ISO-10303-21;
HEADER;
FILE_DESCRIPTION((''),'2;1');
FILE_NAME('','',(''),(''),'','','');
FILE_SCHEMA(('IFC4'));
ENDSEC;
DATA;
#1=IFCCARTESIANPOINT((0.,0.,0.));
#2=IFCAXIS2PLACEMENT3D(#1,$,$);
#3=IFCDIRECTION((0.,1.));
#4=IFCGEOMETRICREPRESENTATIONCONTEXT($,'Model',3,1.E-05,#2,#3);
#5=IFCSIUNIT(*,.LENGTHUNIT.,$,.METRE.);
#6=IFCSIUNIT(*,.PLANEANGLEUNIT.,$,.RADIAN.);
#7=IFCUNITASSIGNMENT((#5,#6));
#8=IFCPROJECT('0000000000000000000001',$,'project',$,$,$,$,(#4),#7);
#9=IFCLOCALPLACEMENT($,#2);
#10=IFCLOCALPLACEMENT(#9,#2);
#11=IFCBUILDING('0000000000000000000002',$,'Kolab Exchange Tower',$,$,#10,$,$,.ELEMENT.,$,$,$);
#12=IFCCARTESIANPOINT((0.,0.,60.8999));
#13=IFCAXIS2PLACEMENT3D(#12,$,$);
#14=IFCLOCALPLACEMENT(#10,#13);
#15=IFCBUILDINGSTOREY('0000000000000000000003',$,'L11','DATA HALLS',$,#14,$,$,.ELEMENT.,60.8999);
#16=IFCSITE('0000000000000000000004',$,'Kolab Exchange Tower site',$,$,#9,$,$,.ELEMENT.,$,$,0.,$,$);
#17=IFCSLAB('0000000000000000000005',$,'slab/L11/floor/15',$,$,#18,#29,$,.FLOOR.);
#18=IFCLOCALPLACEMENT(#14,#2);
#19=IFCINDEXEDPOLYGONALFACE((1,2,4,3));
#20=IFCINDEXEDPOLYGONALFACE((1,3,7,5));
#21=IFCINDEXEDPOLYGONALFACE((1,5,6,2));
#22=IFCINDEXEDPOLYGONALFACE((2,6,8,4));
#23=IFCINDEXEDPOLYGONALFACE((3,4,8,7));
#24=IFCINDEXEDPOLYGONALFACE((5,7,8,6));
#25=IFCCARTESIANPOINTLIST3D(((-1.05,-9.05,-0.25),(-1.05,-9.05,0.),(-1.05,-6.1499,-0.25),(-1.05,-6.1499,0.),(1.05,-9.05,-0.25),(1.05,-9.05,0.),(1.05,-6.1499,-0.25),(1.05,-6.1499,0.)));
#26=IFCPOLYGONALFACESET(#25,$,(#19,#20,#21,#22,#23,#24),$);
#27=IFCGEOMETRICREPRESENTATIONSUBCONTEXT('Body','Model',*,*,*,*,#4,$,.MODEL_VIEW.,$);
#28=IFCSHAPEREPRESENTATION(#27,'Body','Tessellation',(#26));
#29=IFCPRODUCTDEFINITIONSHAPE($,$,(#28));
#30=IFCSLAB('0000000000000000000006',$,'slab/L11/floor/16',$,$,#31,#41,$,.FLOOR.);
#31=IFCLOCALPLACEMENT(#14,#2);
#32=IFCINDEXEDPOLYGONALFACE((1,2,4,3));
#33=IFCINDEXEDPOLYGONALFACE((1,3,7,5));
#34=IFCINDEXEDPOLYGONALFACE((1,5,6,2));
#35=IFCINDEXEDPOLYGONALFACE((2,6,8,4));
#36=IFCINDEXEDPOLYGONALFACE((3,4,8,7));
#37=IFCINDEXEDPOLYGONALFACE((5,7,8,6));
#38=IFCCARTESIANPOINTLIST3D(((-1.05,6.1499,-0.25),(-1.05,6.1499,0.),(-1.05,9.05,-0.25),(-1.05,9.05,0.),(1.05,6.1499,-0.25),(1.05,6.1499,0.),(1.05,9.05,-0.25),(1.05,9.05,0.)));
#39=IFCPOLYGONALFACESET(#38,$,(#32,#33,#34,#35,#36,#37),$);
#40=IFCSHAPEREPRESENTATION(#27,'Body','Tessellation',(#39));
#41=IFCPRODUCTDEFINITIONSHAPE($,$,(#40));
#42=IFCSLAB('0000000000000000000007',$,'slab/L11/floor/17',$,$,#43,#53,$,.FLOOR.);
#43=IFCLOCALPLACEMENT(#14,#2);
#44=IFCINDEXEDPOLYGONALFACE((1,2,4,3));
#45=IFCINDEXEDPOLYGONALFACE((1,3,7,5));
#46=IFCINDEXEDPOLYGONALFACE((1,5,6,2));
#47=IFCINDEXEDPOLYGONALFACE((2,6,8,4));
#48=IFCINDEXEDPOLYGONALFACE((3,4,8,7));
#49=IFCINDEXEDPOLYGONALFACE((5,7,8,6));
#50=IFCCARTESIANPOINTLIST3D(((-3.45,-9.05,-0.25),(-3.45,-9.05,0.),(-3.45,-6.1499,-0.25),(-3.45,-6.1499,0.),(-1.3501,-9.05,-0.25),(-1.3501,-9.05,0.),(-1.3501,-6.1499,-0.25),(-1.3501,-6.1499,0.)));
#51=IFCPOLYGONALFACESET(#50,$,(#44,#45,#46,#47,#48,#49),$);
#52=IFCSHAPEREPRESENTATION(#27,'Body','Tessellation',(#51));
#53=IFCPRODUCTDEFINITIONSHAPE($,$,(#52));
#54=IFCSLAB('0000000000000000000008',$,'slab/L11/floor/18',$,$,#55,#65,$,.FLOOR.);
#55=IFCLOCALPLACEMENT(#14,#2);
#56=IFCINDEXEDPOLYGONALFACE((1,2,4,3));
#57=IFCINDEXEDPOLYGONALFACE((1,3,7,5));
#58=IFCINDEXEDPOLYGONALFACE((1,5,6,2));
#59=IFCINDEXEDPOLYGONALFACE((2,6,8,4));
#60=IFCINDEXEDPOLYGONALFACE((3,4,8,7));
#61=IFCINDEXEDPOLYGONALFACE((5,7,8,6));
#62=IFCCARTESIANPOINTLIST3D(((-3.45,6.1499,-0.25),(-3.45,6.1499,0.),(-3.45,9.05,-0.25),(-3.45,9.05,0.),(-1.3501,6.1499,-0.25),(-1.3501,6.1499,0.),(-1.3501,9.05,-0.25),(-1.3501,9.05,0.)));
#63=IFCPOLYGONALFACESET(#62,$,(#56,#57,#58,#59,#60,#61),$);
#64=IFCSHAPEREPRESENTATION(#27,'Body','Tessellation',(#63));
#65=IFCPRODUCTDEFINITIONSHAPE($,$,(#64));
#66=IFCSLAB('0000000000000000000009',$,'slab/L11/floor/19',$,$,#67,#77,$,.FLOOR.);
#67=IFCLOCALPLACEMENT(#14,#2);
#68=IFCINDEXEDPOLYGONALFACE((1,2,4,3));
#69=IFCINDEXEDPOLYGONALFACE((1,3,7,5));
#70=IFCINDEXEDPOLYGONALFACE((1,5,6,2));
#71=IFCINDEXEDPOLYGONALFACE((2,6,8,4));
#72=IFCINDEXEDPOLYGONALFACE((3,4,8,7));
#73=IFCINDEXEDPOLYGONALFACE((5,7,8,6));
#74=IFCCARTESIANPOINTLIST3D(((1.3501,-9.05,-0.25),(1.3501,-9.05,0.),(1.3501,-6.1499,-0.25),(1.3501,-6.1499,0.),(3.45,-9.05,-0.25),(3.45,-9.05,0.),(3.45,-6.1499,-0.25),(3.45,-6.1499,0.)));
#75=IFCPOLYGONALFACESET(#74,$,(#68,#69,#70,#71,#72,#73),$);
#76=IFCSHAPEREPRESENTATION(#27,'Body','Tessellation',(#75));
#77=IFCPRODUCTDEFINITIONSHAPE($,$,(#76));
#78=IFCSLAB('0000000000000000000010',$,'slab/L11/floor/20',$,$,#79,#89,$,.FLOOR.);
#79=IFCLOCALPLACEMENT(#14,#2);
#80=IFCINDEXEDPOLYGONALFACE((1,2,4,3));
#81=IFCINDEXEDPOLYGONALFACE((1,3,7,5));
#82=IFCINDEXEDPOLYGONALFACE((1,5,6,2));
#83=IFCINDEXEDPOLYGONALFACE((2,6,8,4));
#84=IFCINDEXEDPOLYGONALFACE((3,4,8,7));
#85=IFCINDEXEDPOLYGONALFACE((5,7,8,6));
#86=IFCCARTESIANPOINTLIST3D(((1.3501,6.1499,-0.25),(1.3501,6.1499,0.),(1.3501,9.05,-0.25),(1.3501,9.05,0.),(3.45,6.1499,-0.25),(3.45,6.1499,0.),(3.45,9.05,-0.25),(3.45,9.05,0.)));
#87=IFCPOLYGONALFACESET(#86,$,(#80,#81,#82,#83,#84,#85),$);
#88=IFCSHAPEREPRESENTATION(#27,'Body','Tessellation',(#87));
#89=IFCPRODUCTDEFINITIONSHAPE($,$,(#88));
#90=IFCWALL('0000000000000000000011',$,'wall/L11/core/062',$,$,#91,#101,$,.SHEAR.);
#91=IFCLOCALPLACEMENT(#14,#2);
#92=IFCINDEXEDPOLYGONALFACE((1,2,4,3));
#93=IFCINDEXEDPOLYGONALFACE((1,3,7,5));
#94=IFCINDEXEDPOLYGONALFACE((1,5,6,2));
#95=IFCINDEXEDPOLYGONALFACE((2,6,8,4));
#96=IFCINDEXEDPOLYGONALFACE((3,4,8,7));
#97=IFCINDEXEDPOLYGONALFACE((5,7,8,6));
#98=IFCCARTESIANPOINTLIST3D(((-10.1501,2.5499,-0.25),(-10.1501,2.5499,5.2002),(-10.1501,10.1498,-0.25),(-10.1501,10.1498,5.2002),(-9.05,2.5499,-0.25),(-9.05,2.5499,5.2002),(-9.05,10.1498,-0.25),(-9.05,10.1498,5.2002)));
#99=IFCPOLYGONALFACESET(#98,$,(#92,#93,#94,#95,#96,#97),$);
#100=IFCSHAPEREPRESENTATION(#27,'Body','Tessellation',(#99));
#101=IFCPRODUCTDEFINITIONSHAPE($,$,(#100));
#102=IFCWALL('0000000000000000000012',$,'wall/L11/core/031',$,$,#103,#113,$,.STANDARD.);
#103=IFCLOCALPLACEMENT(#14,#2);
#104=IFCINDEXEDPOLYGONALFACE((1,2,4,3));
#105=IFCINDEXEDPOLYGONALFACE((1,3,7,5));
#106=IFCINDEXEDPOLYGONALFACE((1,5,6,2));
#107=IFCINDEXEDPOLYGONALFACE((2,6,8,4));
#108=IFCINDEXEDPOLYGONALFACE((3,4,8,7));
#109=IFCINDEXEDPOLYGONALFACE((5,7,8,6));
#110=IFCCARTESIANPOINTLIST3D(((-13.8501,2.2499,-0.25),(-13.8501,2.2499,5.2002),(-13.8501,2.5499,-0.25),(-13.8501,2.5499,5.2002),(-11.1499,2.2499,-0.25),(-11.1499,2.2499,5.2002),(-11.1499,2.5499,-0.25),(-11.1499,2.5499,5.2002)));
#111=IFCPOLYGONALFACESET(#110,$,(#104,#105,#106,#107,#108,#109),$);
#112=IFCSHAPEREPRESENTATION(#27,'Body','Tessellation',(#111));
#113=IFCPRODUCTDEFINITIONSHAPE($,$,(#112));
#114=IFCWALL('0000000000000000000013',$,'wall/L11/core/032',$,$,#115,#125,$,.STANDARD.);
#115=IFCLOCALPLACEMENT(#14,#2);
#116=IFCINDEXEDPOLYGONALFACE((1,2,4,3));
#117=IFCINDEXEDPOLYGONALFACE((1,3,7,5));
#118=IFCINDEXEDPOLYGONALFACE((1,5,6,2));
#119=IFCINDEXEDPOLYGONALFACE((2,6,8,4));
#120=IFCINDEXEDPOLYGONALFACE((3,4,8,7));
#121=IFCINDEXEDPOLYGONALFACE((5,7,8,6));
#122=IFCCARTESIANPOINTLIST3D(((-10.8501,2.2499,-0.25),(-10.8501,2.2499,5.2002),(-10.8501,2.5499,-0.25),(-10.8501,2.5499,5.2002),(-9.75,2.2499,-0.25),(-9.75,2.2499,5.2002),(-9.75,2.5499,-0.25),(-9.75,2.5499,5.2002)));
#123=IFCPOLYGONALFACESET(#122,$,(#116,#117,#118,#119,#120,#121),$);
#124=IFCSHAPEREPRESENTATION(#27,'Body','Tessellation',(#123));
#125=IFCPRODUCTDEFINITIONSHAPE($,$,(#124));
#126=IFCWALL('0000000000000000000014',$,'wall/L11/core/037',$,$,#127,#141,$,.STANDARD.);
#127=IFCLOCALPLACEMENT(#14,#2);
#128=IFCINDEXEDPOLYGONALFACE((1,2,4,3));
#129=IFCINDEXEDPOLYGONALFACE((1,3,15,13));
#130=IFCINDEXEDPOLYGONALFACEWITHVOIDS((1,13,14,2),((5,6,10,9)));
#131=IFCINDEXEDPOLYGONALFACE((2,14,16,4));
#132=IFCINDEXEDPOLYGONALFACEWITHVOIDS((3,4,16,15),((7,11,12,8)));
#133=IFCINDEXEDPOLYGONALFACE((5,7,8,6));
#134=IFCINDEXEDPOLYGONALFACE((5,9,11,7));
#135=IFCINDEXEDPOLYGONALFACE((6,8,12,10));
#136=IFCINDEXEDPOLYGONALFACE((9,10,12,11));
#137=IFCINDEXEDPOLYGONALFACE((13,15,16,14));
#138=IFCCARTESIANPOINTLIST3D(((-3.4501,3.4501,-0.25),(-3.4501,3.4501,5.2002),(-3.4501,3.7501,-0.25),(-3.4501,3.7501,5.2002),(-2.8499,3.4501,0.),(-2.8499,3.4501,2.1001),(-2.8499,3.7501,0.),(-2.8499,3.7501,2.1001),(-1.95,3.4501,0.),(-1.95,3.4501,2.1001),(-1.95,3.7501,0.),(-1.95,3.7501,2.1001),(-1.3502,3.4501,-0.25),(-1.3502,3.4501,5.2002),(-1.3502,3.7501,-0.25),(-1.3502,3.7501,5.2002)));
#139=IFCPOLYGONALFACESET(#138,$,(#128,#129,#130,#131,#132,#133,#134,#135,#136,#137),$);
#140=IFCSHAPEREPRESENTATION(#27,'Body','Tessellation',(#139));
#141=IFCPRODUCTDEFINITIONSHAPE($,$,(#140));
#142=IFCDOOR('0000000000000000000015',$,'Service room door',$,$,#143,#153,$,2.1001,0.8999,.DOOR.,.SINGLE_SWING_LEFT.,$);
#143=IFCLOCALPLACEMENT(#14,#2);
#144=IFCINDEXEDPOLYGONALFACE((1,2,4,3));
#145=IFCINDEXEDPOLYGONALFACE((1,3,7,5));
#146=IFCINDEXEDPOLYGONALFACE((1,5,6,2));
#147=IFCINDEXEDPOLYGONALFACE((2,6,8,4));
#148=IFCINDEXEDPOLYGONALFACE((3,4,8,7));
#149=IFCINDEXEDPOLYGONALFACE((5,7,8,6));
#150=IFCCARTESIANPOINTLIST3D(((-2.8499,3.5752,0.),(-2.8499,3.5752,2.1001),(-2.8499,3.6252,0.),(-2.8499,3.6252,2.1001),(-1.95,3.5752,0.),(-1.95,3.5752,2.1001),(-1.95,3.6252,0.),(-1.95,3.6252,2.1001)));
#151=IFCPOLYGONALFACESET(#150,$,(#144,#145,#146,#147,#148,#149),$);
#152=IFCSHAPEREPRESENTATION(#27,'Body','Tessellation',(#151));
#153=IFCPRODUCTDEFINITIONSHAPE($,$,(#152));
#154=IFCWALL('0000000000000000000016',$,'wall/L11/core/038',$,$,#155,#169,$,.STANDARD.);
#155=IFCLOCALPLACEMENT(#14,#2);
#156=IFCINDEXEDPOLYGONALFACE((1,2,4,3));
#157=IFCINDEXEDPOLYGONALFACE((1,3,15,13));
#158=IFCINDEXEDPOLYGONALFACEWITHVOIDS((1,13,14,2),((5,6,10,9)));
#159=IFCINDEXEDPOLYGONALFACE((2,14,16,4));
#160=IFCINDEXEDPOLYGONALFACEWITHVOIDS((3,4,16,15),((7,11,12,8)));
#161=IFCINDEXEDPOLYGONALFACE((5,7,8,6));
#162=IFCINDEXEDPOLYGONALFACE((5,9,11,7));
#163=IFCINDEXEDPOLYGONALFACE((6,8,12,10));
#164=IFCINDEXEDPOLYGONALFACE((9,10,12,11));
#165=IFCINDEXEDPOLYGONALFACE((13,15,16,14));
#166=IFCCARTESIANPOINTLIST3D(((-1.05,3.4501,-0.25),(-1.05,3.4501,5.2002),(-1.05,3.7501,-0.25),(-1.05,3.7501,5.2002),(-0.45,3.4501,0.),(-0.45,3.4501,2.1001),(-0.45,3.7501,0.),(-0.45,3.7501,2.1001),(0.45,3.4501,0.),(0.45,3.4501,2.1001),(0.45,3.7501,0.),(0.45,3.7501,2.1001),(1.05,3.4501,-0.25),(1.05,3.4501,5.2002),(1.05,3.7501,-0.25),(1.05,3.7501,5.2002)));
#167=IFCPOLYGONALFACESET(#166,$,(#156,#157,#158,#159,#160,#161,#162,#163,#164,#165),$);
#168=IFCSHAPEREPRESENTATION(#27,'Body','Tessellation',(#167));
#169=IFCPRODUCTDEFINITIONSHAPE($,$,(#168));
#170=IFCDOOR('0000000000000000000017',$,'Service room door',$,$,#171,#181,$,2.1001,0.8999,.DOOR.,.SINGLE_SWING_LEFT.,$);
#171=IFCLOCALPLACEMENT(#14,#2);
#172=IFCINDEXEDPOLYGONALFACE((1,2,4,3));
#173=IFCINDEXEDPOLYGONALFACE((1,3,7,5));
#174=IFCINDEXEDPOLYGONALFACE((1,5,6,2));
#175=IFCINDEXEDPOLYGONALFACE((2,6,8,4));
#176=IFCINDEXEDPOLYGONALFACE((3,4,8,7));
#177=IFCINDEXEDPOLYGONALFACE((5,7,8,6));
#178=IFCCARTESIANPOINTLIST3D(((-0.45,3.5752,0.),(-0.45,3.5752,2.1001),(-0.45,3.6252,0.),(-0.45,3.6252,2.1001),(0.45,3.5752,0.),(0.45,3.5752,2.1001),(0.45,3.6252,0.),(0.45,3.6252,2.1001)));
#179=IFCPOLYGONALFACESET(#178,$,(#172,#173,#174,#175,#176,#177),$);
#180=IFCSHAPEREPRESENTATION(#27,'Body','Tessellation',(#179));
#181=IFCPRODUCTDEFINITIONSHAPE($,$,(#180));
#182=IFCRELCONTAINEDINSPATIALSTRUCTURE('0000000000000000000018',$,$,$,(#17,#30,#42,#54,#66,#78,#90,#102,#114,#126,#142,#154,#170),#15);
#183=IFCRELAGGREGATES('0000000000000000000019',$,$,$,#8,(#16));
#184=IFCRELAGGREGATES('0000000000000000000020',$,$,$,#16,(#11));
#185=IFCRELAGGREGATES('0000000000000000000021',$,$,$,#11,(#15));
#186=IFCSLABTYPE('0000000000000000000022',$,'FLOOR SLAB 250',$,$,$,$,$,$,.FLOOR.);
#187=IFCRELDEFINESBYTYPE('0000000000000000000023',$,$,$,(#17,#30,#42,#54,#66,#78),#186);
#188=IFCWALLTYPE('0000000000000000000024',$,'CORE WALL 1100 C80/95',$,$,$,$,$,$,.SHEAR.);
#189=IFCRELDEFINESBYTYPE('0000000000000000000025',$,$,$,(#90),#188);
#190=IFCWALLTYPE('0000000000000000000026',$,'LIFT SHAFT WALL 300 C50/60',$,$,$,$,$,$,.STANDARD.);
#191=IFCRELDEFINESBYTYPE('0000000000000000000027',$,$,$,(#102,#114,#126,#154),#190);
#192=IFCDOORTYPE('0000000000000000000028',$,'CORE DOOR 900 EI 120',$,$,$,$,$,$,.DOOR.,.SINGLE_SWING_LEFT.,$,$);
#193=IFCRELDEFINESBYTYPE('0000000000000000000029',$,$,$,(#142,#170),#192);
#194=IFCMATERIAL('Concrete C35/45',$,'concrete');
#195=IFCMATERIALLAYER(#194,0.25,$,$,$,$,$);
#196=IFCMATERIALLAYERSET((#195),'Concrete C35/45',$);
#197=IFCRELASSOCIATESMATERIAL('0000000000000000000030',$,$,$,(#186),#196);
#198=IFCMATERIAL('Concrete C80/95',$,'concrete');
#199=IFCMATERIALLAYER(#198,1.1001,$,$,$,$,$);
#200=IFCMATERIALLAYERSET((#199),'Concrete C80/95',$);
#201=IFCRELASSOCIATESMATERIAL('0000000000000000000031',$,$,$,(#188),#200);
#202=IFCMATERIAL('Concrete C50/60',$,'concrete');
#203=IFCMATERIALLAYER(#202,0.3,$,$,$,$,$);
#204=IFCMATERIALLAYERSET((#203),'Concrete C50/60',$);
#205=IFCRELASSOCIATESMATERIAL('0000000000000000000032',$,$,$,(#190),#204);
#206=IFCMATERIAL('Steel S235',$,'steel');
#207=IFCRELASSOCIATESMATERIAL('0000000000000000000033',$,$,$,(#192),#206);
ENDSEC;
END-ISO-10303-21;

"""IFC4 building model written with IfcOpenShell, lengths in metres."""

from ifc_helpers import new_model, si_unit, direction, frame, frame_2d, origin, place, context, subcontext, project, spatial, polyline, rectangle, outline, extrude, material, layer, layer_set, type_object, element, fill, save


model = new_model("IFC4")

# Units and contexts
model_context = context("Model", 3, precision=1e-05, world=origin(), true_north=direction((0.0, 1.0)))
body_context = subcontext(model_context, "Body", "Model", "MODEL_VIEW")
ifc_project = project(units=[si_unit("LENGTHUNIT", "METRE"), si_unit("PLANEANGLEUNIT", "RADIAN")], contexts=[model_context])

# Site, building, storey
site_placement = place(None, origin())
site = spatial("IfcSite", under=ifc_project, at=site_placement, Name="Kolab Exchange Tower site", CompositionType="ELEMENT", RefElevation=0.0)
building_placement = place(site_placement, origin())
building = spatial("IfcBuilding", under=site, at=building_placement, Name="Kolab Exchange Tower", CompositionType="ELEMENT")
storey_placement = place(building_placement, frame((0.0, 0.0, 60.8999)))
storey = spatial("IfcBuildingStorey", under=building, at=storey_placement, Name="L11", Description="DATA HALLS", CompositionType="ELEMENT", Elevation=60.8999)

# Slabs
ifc_material_1 = material(Name="Concrete C35/45", Category="concrete")
ifc_layer_1 = layer(ifc_material_1, 0.25)
ifc_layer_set_1 = layer_set([ifc_layer_1], Name="Concrete C35/45")
slab_type = type_object("IfcSlabType", Name="FLOOR SLAB 250", PredefinedType="FLOOR", material=ifc_layer_set_1)
slab_1_placement = place(storey_placement, frame((0.0, 0.0, -0.25)))
element("IfcSlab", 1, at=slab_1_placement, inside=storey, type_object=slab_type, Name="slab/L11/floor/15", PredefinedType="FLOOR", context=body_context, shape_type="SweptSolid", body=[
    extrude(outline(polyline([(1.05, -6.1499), (-1.05, -6.1499), (-1.05, -9.05), (1.05, -9.05), (1.05, -6.1499)])), origin(), (0.0, 0.0, 1.0), 0.25),
])
slab_2_placement = place(storey_placement, frame((0.0, 0.0, -0.25)))
element("IfcSlab", 2, at=slab_2_placement, inside=storey, type_object=slab_type, Name="slab/L11/floor/16", PredefinedType="FLOOR", context=body_context, shape_type="SweptSolid", body=[
    extrude(outline(polyline([(-1.05, 9.05), (-1.05, 6.1499), (1.05, 6.1499), (1.05, 9.05), (-1.05, 9.05)])), origin(), (0.0, 0.0, 1.0), 0.25),
])
slab_3_placement = place(storey_placement, frame((0.0, 0.0, -0.25)))
element("IfcSlab", 3, at=slab_3_placement, inside=storey, type_object=slab_type, Name="slab/L11/floor/17", PredefinedType="FLOOR", context=body_context, shape_type="SweptSolid", body=[
    extrude(outline(polyline([(-1.3501, -6.1499), (-3.45, -6.1499), (-3.45, -9.05), (-1.3501, -9.05), (-1.3501, -6.1499)])), origin(), (0.0, 0.0, 1.0), 0.25),
])
slab_4_placement = place(storey_placement, frame((0.0, 0.0, -0.25)))
element("IfcSlab", 4, at=slab_4_placement, inside=storey, type_object=slab_type, Name="slab/L11/floor/18", PredefinedType="FLOOR", context=body_context, shape_type="SweptSolid", body=[
    extrude(outline(polyline([(-1.3501, 6.1499), (-1.3501, 9.05), (-3.45, 9.05), (-3.45, 6.1499), (-1.3501, 6.1499)])), origin(), (0.0, 0.0, 1.0), 0.25),
])
slab_5_placement = place(storey_placement, frame((0.0, 0.0, -0.25)))
element("IfcSlab", 5, at=slab_5_placement, inside=storey, type_object=slab_type, Name="slab/L11/floor/19", PredefinedType="FLOOR", context=body_context, shape_type="SweptSolid", body=[
    extrude(outline(polyline([(1.3501, -6.1499), (1.3501, -9.05), (3.45, -9.05), (3.45, -6.1499), (1.3501, -6.1499)])), origin(), (0.0, 0.0, 1.0), 0.25),
])
slab_6_placement = place(storey_placement, frame((0.0, 0.0, -0.25)))
element("IfcSlab", 6, at=slab_6_placement, inside=storey, type_object=slab_type, Name="slab/L11/floor/20", PredefinedType="FLOOR", context=body_context, shape_type="SweptSolid", body=[
    extrude(outline(polyline([(1.3501, 6.1499), (3.45, 6.1499), (3.45, 9.05), (1.3501, 9.05), (1.3501, 6.1499)])), origin(), (0.0, 0.0, 1.0), 0.25),
])

# Walls
ifc_material_2 = material(Name="Concrete C80/95", Category="concrete")
ifc_layer_2 = layer(ifc_material_2, 1.1001)
ifc_layer_set_2 = layer_set([ifc_layer_2], Name="Concrete C80/95")
wall_type_1 = type_object("IfcWallType", Name="CORE WALL 1100 C80/95", PredefinedType="SHEAR", material=ifc_layer_set_2)
wall_1_placement = place(storey_placement, frame((-9.6001, 2.55, -0.25), z_axis=(0.0, 0.0, 1.0), x_axis=(0.0, 1.0, 0.0)))
element("IfcWall", 7, at=wall_1_placement, inside=storey, type_object=wall_type_1, Name="wall/L11/core/062", PredefinedType="SHEAR", context=body_context, shape_type="SweptSolid", body=[
    extrude(rectangle(XDim=7.5999, YDim=1.1001, at=frame_2d((3.7998, 0.0))), origin(), (0.0, 0.0, 1.0), 5.4502),
])
ifc_material_3 = material(Name="Concrete C50/60", Category="concrete")
ifc_layer_3 = layer(ifc_material_3, 0.3)
ifc_layer_set_3 = layer_set([ifc_layer_3], Name="Concrete C50/60")
wall_type_2 = type_object("IfcWallType", Name="LIFT SHAFT WALL 300 C50/60", PredefinedType="STANDARD", material=ifc_layer_set_3)
wall_2_placement = place(storey_placement, frame((-13.8501, 2.3999, -0.25), z_axis=(0.0, 0.0, 1.0), x_axis=(1.0, 0.0, 0.0)))
element("IfcWall", 8, at=wall_2_placement, inside=storey, type_object=wall_type_2, Name="wall/L11/core/031", PredefinedType="STANDARD", context=body_context, shape_type="SweptSolid", body=[
    extrude(rectangle(XDim=2.7002, YDim=0.3, at=frame_2d((1.3501, 0.0))), origin(), (0.0, 0.0, 1.0), 5.4502),
])
wall_3_placement = place(storey_placement, frame((-10.8501, 2.3999, -0.25), z_axis=(0.0, 0.0, 1.0), x_axis=(1.0, 0.0, 0.0)))
element("IfcWall", 9, at=wall_3_placement, inside=storey, type_object=wall_type_2, Name="wall/L11/core/032", PredefinedType="STANDARD", context=body_context, shape_type="SweptSolid", body=[
    extrude(rectangle(XDim=1.1001, YDim=0.3, at=frame_2d((0.55, 0.0))), origin(), (0.0, 0.0, 1.0), 5.4502),
])

# Walls, openings, doors
wall_4_placement = place(storey_placement, frame((-3.45, 3.6001, -0.25), z_axis=(0.0, 0.0, 1.0), x_axis=(1.0, 0.0, 0.0)))
wall_4 = element("IfcWall", 10, at=wall_4_placement, inside=storey, type_object=wall_type_2, Name="wall/L11/core/037", PredefinedType="STANDARD", context=body_context, shape_type="SweptSolid", body=[
    extrude(rectangle(XDim=2.0999, YDim=0.3, at=frame_2d((1.0498, 0.0))), origin(), (0.0, 0.0, 1.0), 5.4502),
])
opening_1_placement = place(wall_4_placement, frame((0.6001, 0.0, 0.25)))
opening_1 = element("IfcOpeningElement", 11, at=opening_1_placement, cuts=wall_4, PredefinedType="OPENING", context=body_context, shape_type="SweptSolid", body=[
    extrude(rectangle(XDim=0.8999, YDim=2.1001, at=frame_2d((0.45, 1.05))), frame((0.0, 0.1602, 0.0), z_axis=(0.0, -1.0, 0.0), x_axis=(1.0, 0.0, 0.0)), (0.0, 0.0, 1.0), 0.3201),
])
ifc_material_4 = material(Name="Steel S235", Category="steel")
door_type_1 = type_object("IfcDoorType", Name="CORE DOOR 900 EI 120", OperationType="SINGLE_SWING_LEFT", PredefinedType="DOOR", material=ifc_material_4)
door_1_placement = place(opening_1_placement, frame((0.8999, 0.0, 0.0), z_axis=(0.0, 0.0, 1.0), x_axis=(-1.0, 0.0, 0.0)))
door_1 = element("IfcDoor", 12, at=door_1_placement, inside=storey, type_object=door_type_1, Name="Service room door", OperationType="SINGLE_SWING_LEFT", OverallHeight=2.1001, OverallWidth=0.8999, PredefinedType="DOOR", context=body_context, shape_type="SweptSolid", body=[
    extrude(rectangle(XDim=0.8999, YDim=2.1001, at=frame_2d((0.45, 1.05))), frame((0.0, 0.0249, 0.0), z_axis=(0.0, -1.0, 0.0), x_axis=(1.0, 0.0, 0.0)), (0.0, 0.0, 1.0), 0.05),
])
fill(opening_1, door_1)
wall_5_placement = place(storey_placement, frame((-1.05, 3.6001, -0.25), z_axis=(0.0, 0.0, 1.0), x_axis=(1.0, 0.0, 0.0)))
wall_5 = element("IfcWall", 13, at=wall_5_placement, inside=storey, type_object=wall_type_2, Name="wall/L11/core/038", PredefinedType="STANDARD", context=body_context, shape_type="SweptSolid", body=[
    extrude(rectangle(XDim=2.1001, YDim=0.3, at=frame_2d((1.05, 0.0))), origin(), (0.0, 0.0, 1.0), 5.4502),
])
opening_2_placement = place(wall_5_placement, frame((0.6001, 0.0, 0.25)))
opening_2 = element("IfcOpeningElement", 14, at=opening_2_placement, cuts=wall_5, PredefinedType="OPENING", context=body_context, shape_type="SweptSolid", body=[
    extrude(rectangle(XDim=0.8999, YDim=2.1001, at=frame_2d((0.45, 1.05))), frame((0.0, 0.1602, 0.0), z_axis=(0.0, -1.0, 0.0), x_axis=(1.0, 0.0, 0.0)), (0.0, 0.0, 1.0), 0.3201),
])
door_2_placement = place(opening_2_placement, frame((0.8999, 0.0, 0.0), z_axis=(0.0, 0.0, 1.0), x_axis=(-1.0, 0.0, 0.0)))
door_2 = element("IfcDoor", 15, at=door_2_placement, inside=storey, type_object=door_type_1, Name="Service room door", OperationType="SINGLE_SWING_LEFT", OverallHeight=2.1001, OverallWidth=0.8999, PredefinedType="DOOR", context=body_context, shape_type="SweptSolid", body=[
    extrude(rectangle(XDim=0.8999, YDim=2.1001, at=frame_2d((0.45, 1.05))), frame((0.0, 0.0249, 0.0), z_axis=(0.0, -1.0, 0.0), x_axis=(1.0, 0.0, 0.0)), (0.0, 0.0, 1.0), 0.05),
])
fill(opening_2, door_2)

save(model, "model.ifc")
